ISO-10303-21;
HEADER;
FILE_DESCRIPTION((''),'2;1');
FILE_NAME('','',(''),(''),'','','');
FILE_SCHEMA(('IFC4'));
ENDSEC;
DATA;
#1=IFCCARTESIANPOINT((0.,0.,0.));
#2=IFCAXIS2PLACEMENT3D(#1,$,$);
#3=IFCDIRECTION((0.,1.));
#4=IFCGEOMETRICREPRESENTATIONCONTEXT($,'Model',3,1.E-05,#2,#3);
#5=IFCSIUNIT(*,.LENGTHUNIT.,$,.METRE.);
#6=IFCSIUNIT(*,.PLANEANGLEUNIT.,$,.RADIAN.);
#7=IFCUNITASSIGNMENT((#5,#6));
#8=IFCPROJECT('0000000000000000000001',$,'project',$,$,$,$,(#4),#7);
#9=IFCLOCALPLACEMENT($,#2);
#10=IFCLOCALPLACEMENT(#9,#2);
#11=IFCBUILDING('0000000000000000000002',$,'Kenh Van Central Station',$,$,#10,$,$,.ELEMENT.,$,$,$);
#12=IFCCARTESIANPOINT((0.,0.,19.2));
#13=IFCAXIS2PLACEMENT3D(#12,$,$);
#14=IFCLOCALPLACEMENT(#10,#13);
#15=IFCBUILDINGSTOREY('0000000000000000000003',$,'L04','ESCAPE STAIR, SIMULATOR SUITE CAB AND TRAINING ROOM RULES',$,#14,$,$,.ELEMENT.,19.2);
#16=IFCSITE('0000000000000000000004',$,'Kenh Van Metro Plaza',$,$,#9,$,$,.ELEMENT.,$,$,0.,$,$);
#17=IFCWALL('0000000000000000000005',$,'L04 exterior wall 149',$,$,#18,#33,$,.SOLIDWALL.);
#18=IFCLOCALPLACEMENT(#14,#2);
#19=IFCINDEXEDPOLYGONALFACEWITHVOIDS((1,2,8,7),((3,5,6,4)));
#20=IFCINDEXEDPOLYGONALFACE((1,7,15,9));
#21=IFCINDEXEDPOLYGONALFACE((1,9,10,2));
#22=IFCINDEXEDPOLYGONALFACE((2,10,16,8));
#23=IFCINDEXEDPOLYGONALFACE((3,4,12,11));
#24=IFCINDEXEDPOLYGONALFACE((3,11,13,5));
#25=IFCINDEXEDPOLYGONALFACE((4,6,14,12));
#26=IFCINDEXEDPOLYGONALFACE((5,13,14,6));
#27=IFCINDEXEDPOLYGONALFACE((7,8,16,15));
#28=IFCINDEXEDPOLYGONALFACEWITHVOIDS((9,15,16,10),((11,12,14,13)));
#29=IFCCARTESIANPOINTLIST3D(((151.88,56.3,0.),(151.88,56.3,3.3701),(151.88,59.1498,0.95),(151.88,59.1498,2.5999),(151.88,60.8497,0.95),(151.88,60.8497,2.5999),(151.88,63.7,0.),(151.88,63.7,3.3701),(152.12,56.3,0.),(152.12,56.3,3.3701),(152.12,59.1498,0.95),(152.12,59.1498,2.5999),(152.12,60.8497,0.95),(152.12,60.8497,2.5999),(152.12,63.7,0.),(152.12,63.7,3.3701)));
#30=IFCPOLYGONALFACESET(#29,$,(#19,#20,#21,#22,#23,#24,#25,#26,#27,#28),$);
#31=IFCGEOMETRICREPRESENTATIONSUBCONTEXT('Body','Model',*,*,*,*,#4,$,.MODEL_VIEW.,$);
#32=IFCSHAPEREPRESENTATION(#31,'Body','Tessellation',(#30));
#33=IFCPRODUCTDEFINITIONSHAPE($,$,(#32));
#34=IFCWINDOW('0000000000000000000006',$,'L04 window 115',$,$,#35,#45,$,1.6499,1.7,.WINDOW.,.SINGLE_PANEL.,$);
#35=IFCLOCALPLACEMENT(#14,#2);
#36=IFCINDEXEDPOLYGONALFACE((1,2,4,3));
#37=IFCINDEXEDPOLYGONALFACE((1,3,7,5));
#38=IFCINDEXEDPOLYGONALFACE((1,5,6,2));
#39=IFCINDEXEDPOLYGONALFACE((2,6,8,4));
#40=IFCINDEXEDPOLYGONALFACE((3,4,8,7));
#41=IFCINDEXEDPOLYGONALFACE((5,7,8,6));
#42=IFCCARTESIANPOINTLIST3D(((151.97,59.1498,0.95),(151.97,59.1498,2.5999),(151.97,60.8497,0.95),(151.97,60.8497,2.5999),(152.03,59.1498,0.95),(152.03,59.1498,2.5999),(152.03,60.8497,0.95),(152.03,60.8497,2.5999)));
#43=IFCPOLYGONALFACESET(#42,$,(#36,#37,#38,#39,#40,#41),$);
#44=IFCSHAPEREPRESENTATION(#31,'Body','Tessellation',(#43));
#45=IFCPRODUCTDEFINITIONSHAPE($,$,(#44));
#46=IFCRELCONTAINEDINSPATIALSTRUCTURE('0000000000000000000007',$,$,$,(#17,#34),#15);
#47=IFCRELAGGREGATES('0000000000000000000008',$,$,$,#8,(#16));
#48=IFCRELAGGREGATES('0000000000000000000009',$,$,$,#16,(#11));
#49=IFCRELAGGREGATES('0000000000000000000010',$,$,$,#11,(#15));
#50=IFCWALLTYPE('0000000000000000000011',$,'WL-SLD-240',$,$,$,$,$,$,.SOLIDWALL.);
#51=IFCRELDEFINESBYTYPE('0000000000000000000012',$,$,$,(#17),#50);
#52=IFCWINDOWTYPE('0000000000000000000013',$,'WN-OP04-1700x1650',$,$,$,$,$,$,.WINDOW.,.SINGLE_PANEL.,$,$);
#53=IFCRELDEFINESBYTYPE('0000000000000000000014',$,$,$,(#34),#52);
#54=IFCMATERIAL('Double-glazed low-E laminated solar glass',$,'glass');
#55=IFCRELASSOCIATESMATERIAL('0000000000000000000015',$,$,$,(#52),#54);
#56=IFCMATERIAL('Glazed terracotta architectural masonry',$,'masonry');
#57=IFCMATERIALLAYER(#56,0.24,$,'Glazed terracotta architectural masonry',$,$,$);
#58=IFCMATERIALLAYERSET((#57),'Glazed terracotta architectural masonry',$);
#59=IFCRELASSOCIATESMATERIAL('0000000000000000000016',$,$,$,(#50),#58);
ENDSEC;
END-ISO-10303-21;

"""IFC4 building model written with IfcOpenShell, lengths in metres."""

from ifc_helpers import new_model, si_unit, direction, frame, frame_2d, origin, place, context, subcontext, project, spatial, rectangle, extrude, material, layer, layer_set, type_object, element, fill, save


model = new_model("IFC4")

# Units and contexts
model_context = context("Model", 3, precision=1e-05, world=origin(), true_north=direction((0.0, 1.0)))
body_context = subcontext(model_context, "Body", "Model", "MODEL_VIEW")
ifc_project = project(units=[si_unit("LENGTHUNIT", "METRE"), si_unit("PLANEANGLEUNIT", "RADIAN")], contexts=[model_context])

# Site, building, storey
site_placement = place(None, origin())
site = spatial("IfcSite", under=ifc_project, at=site_placement, Name="Kenh Van Metro Plaza", CompositionType="ELEMENT", RefElevation=0.0)
building_placement = place(site_placement, origin())
building = spatial("IfcBuilding", under=site, at=building_placement, Name="Kenh Van Central Station", CompositionType="ELEMENT")
storey_placement = place(building_placement, frame((0.0, 0.0, 19.2)))
storey = spatial("IfcBuildingStorey", under=building, at=storey_placement, Name="L04", Description="ESCAPE STAIR, SIMULATOR SUITE CAB AND TRAINING ROOM RULES", CompositionType="ELEMENT", Elevation=19.2)

# Wall, opening, window
ifc_material_1 = material(Name="Double-glazed low-E laminated solar glass", Category="glass")
ifc_material_2 = material(Name="Glazed terracotta architectural masonry", Category="masonry")
window_type_1 = type_object("IfcWindowType", Name="WN-OP04-1700x1650", PartitioningType="SINGLE_PANEL", PredefinedType="WINDOW", material=ifc_material_1)
ifc_layer_1 = layer(ifc_material_2, 0.24, Name="Glazed terracotta architectural masonry")
ifc_layer_set_1 = layer_set([ifc_layer_1], Name="Glazed terracotta architectural masonry")
wall_type_1 = type_object("IfcWallType", Name="WL-SLD-240", PredefinedType="SOLIDWALL", material=ifc_layer_set_1)
wall_1_placement = place(storey_placement, frame((152.0, 63.7, 0.0), z_axis=(0.0, 0.0, 1.0), x_axis=(0.0, -1.0, 0.0)))
wall_1 = element("IfcWall", 1, at=wall_1_placement, inside=storey, type_object=wall_type_1, Name="L04 exterior wall 149", PredefinedType="SOLIDWALL", context=body_context, shape_type="SweptSolid", body=[
    extrude(rectangle(XDim=7.3999, YDim=0.24, at=frame_2d((3.7, 0.0))), origin(), (0.0, 0.0, 1.0), 3.3701),
])
opening_1_placement = place(wall_1_placement, frame((2.8501, 0.0, 0.95)))
opening_1 = element("IfcOpeningElement", 2, at=opening_1_placement, cuts=wall_1, PredefinedType="OPENING", context=body_context, shape_type="SweptSolid", body=[
    extrude(rectangle(XDim=1.7, YDim=1.6499, at=frame_2d((0.8501, 0.825))), frame((0.0, 0.1299, 0.0), z_axis=(0.0, -1.0, 0.0), x_axis=(1.0, 0.0, 0.0)), (0.0, 0.0, 1.0), 0.26),
])
window_1_placement = place(opening_1_placement, origin())
window_1 = element("IfcWindow", 3, at=window_1_placement, inside=storey, type_object=window_type_1, Name="L04 window 115", OverallHeight=1.6499, OverallWidth=1.7, PartitioningType="SINGLE_PANEL", PredefinedType="WINDOW", context=body_context, shape_type="SweptSolid", body=[
    extrude(rectangle(XDim=1.7, YDim=1.6499, at=frame_2d((0.8501, 0.825))), frame((0.0, 0.03, 0.0), z_axis=(0.0, -1.0, 0.0), x_axis=(1.0, 0.0, 0.0)), (0.0, 0.0, 1.0), 0.0601),
])
fill(opening_1, window_1)

save(model, "model.ifc")
